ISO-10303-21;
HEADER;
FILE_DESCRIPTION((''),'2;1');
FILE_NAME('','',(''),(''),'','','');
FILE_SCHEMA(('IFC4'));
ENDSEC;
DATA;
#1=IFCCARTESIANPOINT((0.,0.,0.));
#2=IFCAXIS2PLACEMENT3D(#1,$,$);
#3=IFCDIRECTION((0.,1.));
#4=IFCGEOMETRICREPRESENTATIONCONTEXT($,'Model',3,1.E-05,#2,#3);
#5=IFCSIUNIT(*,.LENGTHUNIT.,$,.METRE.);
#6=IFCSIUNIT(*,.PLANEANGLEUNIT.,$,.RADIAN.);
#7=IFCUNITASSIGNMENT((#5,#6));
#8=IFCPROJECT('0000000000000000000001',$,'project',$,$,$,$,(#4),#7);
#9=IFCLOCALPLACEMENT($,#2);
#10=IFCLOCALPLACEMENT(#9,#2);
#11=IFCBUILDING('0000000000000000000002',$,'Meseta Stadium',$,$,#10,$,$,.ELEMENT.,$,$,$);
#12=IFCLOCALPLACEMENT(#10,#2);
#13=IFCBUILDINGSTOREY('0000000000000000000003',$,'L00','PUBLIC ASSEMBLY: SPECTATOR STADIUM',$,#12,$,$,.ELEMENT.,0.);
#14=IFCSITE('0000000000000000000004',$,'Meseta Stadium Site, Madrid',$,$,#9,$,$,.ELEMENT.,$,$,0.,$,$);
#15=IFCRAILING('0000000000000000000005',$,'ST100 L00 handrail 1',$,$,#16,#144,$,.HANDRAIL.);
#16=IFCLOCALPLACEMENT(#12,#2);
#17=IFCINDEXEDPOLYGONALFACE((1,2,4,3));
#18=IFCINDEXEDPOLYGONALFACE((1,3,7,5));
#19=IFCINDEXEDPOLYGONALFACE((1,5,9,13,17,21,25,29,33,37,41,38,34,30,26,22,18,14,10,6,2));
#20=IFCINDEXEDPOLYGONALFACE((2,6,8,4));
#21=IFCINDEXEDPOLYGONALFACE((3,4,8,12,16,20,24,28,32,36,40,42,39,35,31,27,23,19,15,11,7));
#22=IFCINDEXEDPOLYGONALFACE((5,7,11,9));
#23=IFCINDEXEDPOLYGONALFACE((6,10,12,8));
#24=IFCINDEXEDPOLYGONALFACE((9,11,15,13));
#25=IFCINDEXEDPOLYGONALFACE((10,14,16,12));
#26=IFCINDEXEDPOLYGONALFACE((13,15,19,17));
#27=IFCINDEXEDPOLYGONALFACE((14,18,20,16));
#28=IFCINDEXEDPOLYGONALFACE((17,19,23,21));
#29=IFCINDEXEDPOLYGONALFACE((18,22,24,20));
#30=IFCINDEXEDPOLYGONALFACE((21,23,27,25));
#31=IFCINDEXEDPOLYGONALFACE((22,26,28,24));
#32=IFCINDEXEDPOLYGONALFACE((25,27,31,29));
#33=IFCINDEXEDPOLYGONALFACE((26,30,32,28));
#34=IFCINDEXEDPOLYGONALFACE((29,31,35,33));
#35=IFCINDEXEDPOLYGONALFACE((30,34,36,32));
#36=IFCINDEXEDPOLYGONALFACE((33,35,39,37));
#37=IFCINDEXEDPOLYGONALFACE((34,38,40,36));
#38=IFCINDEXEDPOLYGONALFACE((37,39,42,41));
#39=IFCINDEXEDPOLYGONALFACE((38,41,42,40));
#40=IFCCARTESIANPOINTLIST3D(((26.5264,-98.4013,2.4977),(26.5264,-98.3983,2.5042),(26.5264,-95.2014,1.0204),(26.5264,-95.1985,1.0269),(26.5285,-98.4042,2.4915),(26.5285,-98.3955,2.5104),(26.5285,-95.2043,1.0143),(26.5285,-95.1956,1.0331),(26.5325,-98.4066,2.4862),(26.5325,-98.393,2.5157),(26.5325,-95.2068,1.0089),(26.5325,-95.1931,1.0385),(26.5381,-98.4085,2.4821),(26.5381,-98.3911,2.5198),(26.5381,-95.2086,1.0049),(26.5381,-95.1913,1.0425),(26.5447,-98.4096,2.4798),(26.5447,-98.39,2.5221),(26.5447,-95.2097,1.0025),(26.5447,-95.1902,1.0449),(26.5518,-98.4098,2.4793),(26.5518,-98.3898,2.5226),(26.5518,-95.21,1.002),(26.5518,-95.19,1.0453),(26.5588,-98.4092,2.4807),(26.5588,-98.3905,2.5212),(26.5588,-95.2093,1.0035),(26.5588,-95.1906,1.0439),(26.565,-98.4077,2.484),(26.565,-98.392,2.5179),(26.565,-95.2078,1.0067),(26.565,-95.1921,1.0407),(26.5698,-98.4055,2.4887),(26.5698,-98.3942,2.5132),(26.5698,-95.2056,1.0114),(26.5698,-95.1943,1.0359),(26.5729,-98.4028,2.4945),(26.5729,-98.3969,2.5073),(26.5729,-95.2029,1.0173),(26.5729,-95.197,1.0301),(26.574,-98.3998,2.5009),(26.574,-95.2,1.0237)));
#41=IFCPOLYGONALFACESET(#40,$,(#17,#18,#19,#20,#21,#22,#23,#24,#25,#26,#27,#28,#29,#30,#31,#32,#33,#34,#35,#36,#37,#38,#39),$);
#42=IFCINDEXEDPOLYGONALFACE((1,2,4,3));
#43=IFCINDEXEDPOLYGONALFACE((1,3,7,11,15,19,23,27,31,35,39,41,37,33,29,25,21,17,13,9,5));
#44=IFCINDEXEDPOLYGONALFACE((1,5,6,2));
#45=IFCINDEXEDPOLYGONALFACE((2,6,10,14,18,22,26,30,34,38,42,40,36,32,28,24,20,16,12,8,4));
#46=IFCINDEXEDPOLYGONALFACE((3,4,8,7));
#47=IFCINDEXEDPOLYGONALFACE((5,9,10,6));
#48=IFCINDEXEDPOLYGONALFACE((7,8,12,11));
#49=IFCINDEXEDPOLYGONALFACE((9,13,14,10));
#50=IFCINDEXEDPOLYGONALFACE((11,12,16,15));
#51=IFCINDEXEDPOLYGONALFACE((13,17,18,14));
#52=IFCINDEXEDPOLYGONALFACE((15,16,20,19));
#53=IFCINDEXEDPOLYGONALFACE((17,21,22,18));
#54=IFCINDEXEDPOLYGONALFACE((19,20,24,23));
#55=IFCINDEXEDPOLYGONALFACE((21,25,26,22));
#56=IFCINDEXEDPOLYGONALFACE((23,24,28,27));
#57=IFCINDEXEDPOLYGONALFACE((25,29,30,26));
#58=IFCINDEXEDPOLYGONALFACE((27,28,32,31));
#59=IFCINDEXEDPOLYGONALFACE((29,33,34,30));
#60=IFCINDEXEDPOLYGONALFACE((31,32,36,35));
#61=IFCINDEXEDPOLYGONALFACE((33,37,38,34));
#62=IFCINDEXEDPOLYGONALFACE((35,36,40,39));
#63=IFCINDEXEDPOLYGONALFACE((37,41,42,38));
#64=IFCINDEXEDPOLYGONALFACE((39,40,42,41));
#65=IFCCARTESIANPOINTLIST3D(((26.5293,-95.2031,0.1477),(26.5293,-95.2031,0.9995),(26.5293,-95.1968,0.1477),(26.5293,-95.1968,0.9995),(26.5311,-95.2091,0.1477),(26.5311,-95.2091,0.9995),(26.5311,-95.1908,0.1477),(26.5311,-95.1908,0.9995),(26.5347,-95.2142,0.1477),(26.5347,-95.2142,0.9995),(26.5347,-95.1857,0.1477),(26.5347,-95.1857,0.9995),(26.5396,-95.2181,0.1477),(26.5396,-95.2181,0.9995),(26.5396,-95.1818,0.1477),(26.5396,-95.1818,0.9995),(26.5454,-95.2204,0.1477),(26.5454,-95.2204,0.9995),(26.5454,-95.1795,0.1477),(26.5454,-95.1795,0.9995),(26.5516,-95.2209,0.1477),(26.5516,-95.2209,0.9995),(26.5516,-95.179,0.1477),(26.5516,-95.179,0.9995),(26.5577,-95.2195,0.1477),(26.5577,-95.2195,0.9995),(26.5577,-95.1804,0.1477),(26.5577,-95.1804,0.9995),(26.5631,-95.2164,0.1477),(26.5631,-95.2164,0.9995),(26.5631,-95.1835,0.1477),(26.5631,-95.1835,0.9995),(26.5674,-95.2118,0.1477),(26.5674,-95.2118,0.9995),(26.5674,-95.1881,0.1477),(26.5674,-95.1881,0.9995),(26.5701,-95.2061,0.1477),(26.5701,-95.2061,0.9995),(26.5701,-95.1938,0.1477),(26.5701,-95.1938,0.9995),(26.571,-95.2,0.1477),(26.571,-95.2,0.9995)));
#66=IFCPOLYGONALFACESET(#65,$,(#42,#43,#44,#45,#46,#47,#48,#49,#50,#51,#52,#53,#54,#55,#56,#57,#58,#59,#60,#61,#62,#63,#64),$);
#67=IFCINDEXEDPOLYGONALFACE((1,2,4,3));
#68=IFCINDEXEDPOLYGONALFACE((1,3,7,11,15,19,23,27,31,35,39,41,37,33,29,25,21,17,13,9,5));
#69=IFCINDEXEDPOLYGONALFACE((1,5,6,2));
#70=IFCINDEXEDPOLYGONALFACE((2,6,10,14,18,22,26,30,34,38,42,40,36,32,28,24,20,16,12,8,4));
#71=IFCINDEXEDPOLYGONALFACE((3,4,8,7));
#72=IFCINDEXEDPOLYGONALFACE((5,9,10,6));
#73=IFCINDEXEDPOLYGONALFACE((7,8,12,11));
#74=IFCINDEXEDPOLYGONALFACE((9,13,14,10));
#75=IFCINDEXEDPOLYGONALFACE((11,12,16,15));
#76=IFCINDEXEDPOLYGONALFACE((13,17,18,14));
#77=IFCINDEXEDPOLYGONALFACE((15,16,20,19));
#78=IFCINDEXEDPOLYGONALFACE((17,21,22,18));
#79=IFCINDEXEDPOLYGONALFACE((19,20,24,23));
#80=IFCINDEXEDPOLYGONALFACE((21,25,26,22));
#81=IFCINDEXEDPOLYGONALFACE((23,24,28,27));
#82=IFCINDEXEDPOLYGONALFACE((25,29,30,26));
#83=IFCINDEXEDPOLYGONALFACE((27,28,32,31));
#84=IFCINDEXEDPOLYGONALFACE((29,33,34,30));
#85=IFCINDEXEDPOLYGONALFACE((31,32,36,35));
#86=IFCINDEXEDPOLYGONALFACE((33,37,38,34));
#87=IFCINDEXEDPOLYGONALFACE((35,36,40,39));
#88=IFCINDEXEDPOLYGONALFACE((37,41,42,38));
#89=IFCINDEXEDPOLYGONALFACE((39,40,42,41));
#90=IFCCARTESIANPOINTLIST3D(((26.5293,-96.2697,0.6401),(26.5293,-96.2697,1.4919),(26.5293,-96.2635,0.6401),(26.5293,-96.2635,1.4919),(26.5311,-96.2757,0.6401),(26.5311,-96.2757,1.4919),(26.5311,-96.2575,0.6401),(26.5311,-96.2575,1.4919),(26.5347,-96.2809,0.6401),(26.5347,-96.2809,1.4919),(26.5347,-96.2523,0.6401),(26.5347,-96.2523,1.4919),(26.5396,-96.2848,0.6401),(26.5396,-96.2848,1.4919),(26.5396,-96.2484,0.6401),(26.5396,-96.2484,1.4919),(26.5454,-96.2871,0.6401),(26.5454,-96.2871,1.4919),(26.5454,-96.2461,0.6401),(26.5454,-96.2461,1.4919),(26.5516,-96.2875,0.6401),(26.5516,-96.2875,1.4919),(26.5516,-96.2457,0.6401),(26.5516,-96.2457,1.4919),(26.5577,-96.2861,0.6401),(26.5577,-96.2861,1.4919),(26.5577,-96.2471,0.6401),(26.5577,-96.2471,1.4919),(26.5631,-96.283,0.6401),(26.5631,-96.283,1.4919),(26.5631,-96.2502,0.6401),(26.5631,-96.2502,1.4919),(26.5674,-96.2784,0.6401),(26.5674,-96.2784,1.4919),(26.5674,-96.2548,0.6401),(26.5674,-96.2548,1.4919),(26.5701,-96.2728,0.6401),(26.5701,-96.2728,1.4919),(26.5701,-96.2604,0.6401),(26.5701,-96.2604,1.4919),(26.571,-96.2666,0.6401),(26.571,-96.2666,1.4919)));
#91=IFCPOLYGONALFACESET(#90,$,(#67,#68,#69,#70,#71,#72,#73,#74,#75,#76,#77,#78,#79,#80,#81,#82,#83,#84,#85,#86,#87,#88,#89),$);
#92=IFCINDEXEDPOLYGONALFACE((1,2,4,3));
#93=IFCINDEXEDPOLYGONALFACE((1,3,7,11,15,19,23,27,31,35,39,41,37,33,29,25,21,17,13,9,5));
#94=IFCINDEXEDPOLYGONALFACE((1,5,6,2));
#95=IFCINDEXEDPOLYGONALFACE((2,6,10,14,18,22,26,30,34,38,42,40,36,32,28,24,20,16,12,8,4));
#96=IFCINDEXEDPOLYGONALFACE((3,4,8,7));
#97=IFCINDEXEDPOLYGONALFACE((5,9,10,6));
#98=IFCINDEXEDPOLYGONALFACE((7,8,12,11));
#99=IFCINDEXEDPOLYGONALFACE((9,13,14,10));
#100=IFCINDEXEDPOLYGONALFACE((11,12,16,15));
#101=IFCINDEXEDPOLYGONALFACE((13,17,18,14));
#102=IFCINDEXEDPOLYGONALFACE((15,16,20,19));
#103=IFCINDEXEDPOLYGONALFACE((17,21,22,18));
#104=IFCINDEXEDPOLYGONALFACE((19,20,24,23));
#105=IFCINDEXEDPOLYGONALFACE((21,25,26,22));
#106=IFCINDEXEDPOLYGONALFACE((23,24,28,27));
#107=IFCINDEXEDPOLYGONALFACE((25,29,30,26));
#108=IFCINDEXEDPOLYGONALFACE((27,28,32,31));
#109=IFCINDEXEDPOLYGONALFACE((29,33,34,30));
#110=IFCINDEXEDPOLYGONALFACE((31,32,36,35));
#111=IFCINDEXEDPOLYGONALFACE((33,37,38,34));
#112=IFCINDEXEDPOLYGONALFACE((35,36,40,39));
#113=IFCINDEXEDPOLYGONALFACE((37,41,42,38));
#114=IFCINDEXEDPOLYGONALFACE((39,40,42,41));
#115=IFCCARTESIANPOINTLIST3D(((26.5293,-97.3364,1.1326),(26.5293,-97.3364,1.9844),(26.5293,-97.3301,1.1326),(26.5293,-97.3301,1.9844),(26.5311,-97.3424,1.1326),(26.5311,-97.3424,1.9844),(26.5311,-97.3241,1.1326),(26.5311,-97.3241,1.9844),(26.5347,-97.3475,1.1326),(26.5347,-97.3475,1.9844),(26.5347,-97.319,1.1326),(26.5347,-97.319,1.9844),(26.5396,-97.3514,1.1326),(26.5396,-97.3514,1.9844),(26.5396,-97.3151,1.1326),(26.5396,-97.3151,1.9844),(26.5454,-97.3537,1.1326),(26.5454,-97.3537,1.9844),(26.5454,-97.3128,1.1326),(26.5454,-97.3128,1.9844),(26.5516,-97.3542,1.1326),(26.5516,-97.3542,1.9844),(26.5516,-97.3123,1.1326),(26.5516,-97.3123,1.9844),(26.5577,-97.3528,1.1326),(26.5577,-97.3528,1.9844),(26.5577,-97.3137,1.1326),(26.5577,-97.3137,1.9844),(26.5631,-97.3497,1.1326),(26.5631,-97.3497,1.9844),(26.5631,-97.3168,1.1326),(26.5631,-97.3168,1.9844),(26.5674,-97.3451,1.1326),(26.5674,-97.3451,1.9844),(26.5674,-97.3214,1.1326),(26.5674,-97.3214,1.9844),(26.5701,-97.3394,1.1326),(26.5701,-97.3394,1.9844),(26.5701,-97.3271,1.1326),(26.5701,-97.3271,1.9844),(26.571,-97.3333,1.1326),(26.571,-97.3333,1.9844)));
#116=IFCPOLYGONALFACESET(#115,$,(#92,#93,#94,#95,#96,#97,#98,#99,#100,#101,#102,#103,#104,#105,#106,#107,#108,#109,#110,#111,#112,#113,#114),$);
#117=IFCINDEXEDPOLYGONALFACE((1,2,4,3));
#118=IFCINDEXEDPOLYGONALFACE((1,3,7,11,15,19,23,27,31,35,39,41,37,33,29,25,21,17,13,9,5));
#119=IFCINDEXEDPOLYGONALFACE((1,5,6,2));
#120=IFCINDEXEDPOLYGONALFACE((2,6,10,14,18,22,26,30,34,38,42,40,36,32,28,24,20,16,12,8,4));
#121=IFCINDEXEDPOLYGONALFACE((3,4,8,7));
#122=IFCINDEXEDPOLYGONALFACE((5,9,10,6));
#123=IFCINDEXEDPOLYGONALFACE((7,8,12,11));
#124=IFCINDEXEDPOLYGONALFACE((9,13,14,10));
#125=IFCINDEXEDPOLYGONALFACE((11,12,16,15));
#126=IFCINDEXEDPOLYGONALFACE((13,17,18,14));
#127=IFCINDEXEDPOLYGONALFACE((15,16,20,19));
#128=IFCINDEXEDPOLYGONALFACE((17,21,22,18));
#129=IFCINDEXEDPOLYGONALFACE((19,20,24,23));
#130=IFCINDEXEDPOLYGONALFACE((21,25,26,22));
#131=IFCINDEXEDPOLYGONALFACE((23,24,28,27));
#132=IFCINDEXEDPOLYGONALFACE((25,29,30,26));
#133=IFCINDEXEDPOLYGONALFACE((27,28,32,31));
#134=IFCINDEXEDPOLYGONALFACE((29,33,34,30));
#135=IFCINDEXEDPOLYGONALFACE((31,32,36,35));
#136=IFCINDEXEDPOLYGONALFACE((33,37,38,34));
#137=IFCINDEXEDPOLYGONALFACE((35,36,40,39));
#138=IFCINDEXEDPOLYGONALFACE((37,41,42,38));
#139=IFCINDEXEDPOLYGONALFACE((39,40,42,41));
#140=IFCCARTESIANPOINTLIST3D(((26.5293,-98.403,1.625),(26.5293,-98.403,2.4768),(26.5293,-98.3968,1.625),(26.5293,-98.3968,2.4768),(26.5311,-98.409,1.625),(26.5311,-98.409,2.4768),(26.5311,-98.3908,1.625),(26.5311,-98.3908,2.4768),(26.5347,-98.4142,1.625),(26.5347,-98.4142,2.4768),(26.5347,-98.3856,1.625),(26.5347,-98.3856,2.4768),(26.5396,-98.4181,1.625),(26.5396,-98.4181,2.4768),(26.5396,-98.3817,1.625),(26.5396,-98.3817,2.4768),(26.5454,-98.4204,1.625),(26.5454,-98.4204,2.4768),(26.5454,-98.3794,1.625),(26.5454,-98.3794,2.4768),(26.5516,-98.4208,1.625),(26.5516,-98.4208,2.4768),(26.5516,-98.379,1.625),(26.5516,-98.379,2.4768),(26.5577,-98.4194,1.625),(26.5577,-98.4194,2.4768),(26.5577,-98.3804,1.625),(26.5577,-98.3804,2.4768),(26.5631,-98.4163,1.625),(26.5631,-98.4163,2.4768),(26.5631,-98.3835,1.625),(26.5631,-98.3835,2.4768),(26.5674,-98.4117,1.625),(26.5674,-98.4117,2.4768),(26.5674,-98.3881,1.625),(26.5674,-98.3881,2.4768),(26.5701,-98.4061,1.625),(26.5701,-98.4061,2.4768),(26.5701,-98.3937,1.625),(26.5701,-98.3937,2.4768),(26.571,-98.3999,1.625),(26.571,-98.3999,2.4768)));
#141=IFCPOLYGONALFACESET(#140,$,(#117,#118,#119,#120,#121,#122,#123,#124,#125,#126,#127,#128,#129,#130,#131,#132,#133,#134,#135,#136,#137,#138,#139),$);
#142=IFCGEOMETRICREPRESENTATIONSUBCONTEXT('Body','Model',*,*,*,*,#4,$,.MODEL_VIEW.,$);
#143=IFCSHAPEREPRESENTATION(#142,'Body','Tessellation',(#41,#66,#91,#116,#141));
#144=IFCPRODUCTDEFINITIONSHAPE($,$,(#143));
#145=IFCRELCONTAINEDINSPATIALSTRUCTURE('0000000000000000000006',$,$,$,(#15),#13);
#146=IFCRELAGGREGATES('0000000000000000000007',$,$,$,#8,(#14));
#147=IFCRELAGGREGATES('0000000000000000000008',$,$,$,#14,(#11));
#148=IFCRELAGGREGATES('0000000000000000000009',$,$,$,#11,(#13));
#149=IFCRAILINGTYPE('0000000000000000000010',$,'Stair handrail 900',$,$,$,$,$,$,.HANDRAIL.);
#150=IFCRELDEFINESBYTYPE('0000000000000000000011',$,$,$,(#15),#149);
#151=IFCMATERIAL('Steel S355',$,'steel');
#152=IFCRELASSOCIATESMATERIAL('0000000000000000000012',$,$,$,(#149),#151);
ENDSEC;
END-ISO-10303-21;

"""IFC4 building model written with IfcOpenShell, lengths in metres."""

from ifc_helpers import new_model, si_unit, direction, frame, origin, origin_2d, place, context, subcontext, project, spatial, circle, extrude, material, type_object, element, save


model = new_model("IFC4")

# Units and contexts
model_context = context("Model", 3, precision=1e-05, world=origin(), true_north=direction((0.0, 1.0)))
body_context = subcontext(model_context, "Body", "Model", "MODEL_VIEW")
ifc_project = project(units=[si_unit("LENGTHUNIT", "METRE"), si_unit("PLANEANGLEUNIT", "RADIAN")], contexts=[model_context])

# Site, building, storey
site_placement = place(None, origin())
site = spatial("IfcSite", under=ifc_project, at=site_placement, Name="Meseta Stadium Site, Madrid", CompositionType="ELEMENT", RefElevation=0.0)
building_placement = place(site_placement, origin())
building = spatial("IfcBuilding", under=site, at=building_placement, Name="Meseta Stadium", CompositionType="ELEMENT")
storey_placement = place(building_placement, origin())
storey = spatial("IfcBuildingStorey", under=building, at=storey_placement, Name="L00", Description="PUBLIC ASSEMBLY: SPECTATOR STADIUM", CompositionType="ELEMENT", Elevation=0.0)

# Railing
ifc_material_1 = material(Name="Steel S355", Category="steel")
railing_type_1 = type_object("IfcRailingType", Name="Stair handrail 900", PredefinedType="HANDRAIL", material=ifc_material_1)
railing_1_placement = place(storey_placement, frame((26.55, -95.2, 0.1477)))
element("IfcRailing", 1, at=railing_1_placement, inside=storey, type_object=railing_type_1, Name="ST100 L00 handrail 1", PredefinedType="HANDRAIL", context=body_context, shape_type="SweptSolid", body=[
    extrude(circle(Radius=0.0239, at=origin_2d()), frame((0.0, 0.0, 0.876), z_axis=(0.0, -0.907917, 0.41915), x_axis=(1.0, 0.0, 0.0)), (0.0, 0.0, 1.0), 3.5244),
    extrude(circle(Radius=0.021, at=origin_2d()), origin(), (0.0, 0.0, 1.0), 0.8518),
    extrude(circle(Radius=0.021, at=origin_2d()), frame((0.0, -1.0667, 0.4924)), (0.0, 0.0, 1.0), 0.8518),
    extrude(circle(Radius=0.021, at=origin_2d()), frame((0.0, -2.1333, 0.9849)), (0.0, 0.0, 1.0), 0.8518),
    extrude(circle(Radius=0.021, at=origin_2d()), frame((0.0, -3.2, 1.4773)), (0.0, 0.0, 1.0), 0.8518),
])

save(model, "model.ifc")
